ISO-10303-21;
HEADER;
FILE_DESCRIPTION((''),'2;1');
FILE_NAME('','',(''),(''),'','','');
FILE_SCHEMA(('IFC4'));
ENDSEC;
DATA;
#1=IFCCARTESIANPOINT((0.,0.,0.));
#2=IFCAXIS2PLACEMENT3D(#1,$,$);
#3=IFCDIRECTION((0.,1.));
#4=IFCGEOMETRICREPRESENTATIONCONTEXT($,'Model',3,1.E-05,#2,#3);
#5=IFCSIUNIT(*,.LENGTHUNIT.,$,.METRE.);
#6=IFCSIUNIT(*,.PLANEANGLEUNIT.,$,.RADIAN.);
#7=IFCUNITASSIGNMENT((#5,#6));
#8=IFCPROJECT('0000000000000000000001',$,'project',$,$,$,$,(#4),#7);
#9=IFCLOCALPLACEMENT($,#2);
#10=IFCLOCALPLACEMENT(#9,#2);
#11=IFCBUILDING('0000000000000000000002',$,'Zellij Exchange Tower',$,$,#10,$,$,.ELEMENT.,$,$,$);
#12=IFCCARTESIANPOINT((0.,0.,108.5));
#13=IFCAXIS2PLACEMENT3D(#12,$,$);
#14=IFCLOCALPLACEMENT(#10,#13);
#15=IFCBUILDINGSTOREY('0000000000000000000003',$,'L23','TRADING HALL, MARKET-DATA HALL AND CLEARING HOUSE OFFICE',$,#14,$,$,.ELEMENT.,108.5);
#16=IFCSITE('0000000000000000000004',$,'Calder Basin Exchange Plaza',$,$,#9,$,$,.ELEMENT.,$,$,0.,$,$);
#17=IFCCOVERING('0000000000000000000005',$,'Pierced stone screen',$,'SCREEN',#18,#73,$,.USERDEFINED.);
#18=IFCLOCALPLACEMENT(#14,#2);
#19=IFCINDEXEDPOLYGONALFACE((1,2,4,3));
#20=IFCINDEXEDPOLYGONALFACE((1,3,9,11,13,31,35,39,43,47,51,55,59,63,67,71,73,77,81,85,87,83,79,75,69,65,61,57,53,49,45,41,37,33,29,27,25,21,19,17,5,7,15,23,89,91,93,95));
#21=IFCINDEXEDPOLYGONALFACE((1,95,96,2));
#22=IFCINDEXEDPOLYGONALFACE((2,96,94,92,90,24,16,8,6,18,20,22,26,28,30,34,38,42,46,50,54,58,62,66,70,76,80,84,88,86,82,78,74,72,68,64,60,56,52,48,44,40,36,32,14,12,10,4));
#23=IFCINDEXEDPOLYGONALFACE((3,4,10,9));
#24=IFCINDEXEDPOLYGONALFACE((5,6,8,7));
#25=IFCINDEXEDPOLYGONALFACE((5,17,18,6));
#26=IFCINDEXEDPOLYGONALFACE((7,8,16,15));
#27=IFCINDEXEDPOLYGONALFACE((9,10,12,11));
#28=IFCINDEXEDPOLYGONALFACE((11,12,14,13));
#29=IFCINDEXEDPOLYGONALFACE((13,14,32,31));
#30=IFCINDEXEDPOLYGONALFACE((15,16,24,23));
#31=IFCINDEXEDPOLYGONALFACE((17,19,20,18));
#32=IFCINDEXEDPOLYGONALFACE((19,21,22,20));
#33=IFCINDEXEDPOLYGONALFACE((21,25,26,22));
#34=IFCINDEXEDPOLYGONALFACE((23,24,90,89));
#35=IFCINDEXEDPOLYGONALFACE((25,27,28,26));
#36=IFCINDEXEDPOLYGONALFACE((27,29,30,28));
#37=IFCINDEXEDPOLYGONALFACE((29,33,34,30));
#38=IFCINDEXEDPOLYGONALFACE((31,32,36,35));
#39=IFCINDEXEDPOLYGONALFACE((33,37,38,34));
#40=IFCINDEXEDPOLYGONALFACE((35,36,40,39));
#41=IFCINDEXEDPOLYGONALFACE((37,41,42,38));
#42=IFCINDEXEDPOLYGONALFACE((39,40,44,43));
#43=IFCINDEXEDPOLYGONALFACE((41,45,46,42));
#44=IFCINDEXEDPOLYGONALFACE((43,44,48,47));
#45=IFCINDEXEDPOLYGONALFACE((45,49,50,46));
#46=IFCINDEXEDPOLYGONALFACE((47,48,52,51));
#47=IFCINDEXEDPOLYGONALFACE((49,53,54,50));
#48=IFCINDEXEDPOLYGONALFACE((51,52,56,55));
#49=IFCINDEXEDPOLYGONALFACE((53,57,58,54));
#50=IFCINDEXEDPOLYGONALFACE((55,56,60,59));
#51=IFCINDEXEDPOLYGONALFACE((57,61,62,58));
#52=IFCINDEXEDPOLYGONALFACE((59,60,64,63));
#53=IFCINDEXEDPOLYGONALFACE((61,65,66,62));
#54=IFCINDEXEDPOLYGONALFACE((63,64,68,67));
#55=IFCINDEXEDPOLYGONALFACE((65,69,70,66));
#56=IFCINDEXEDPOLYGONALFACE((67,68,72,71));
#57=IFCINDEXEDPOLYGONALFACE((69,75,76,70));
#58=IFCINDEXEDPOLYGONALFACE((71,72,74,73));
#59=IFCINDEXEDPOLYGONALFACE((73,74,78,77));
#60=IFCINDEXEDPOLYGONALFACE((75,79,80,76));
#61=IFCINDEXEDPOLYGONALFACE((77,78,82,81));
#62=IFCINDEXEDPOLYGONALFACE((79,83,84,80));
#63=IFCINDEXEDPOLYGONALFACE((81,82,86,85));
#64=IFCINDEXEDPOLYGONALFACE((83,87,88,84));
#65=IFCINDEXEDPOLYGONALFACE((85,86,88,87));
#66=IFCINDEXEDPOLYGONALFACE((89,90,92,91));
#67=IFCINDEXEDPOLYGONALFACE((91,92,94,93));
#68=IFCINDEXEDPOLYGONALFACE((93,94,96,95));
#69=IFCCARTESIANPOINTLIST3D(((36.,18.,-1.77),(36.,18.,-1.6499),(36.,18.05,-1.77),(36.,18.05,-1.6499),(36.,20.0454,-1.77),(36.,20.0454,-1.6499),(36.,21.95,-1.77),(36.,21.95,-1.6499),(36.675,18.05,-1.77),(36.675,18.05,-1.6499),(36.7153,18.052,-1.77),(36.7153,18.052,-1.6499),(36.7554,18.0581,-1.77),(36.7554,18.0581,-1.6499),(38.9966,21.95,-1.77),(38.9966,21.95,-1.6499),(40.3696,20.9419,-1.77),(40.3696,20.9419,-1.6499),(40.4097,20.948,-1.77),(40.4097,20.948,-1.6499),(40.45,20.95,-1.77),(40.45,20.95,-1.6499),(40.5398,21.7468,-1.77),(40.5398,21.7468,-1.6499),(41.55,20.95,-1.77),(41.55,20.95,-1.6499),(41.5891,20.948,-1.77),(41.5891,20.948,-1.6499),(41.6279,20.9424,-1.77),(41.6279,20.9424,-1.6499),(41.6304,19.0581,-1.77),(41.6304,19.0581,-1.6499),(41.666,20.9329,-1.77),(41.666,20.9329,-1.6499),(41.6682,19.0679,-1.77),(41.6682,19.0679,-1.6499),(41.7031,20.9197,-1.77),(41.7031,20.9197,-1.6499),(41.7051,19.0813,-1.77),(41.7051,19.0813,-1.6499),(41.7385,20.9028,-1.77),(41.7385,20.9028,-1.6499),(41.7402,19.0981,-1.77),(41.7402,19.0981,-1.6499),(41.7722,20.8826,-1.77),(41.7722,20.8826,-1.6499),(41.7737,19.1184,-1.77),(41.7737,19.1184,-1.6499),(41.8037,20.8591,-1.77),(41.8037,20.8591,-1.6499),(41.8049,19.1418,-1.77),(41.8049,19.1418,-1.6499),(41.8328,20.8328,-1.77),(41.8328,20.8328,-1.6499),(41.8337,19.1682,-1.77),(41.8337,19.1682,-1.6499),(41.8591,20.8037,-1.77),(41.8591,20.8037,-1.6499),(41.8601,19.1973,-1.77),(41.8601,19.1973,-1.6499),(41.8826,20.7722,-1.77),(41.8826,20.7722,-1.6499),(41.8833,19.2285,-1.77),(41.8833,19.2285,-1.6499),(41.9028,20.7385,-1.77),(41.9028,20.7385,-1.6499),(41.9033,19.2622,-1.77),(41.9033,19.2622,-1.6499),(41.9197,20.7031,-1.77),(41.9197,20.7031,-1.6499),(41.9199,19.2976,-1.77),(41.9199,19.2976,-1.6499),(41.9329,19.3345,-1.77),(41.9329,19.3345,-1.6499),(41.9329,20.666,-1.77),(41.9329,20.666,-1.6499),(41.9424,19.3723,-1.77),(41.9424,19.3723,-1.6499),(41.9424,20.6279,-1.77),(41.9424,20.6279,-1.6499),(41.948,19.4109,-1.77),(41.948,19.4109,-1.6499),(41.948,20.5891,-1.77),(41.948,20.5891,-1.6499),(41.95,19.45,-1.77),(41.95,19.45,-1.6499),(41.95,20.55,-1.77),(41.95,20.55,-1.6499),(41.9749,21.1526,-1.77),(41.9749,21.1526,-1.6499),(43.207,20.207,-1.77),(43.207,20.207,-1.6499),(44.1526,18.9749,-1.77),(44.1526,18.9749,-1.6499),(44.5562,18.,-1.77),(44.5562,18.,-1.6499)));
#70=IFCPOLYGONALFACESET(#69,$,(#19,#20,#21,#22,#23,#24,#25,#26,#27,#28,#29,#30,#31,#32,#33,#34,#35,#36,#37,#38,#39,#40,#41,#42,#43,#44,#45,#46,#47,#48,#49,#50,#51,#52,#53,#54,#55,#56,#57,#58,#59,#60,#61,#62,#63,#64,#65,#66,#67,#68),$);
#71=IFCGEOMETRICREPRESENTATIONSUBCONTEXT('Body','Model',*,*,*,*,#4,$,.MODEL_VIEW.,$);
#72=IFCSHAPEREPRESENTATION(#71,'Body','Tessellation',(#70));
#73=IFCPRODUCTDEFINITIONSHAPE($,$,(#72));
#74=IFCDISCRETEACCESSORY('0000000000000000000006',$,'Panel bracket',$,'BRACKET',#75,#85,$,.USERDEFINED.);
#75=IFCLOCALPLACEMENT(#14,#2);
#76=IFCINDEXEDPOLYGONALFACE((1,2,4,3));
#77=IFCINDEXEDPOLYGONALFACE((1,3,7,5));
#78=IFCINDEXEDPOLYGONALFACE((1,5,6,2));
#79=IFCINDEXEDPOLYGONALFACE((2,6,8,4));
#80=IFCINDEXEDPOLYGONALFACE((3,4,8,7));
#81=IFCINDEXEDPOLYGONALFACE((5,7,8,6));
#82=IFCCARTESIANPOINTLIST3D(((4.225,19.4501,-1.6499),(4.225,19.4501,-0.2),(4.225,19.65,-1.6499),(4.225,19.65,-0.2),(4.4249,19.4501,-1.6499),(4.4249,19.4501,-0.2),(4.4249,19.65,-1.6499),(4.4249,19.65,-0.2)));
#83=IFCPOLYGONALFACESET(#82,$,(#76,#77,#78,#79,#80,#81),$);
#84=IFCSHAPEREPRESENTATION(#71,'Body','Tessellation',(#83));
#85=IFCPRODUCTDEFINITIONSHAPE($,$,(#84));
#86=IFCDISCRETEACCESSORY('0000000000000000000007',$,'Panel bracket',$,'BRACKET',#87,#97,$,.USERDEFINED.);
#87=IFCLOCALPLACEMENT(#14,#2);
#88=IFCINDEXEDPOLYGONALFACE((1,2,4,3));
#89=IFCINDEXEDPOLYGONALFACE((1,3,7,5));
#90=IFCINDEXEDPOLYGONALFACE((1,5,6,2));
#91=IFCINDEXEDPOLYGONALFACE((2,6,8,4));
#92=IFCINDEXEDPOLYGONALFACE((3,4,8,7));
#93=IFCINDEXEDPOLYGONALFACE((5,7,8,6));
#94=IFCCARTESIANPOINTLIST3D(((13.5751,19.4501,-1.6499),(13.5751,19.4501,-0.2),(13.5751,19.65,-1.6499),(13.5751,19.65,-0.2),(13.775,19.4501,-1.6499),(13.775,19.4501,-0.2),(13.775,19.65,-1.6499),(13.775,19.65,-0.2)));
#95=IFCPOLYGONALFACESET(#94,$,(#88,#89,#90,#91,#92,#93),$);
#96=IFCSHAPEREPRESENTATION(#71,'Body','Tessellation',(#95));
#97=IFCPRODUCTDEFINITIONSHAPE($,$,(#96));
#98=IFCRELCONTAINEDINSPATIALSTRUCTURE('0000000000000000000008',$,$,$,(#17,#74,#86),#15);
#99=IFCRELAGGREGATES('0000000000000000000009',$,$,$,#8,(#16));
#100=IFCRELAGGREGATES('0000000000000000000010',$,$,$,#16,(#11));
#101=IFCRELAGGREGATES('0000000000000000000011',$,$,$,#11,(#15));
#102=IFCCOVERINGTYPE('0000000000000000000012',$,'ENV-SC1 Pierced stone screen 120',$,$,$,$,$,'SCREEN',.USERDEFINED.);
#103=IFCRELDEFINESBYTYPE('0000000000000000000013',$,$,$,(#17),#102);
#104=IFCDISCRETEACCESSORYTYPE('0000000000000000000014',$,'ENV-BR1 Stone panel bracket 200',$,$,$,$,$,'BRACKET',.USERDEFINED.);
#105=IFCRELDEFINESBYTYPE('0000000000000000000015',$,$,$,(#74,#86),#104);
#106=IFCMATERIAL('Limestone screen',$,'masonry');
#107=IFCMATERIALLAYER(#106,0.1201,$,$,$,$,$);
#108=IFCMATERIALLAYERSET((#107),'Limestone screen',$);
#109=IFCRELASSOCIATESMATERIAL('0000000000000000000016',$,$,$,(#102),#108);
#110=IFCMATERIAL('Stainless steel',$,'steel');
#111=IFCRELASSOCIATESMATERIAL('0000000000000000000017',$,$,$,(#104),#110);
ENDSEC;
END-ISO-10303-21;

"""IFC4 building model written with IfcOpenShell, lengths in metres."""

from ifc_helpers import new_model, si_unit, direction, frame, origin, origin_2d, place, context, subcontext, project, spatial, polyline, rectangle, outline, extrude, material, layer, layer_set, type_object, element, save


model = new_model("IFC4")

# Units and contexts
model_context = context("Model", 3, precision=1e-05, world=origin(), true_north=direction((0.0, 1.0)))
body_context = subcontext(model_context, "Body", "Model", "MODEL_VIEW")
ifc_project = project(units=[si_unit("LENGTHUNIT", "METRE"), si_unit("PLANEANGLEUNIT", "RADIAN")], contexts=[model_context])

# Site, building, storey
site_placement = place(None, origin())
site = spatial("IfcSite", under=ifc_project, at=site_placement, Name="Calder Basin Exchange Plaza", CompositionType="ELEMENT", RefElevation=0.0)
building_placement = place(site_placement, origin())
building = spatial("IfcBuilding", under=site, at=building_placement, Name="Zellij Exchange Tower", CompositionType="ELEMENT")
storey_placement = place(building_placement, frame((0.0, 0.0, 108.5)))
storey = spatial("IfcBuildingStorey", under=building, at=storey_placement, Name="L23", Description="TRADING HALL, MARKET-DATA HALL AND CLEARING HOUSE OFFICE", CompositionType="ELEMENT", Elevation=108.5)

# Covering
ifc_material_1 = material(Name="Limestone screen", Category="masonry")
ifc_layer_1 = layer(ifc_material_1, 0.1201)
ifc_layer_set_1 = layer_set([ifc_layer_1], Name="Limestone screen")
covering_type = type_object("IfcCoveringType", Name="ENV-SC1 Pierced stone screen 120", ElementType="SCREEN", PredefinedType="USERDEFINED", material=ifc_layer_set_1)
covering_1_placement = place(storey_placement, frame((0.0, 0.0, -1.77)))
element("IfcCovering", 1, at=covering_1_placement, inside=storey, type_object=covering_type, Name="Pierced stone screen", ObjectType="SCREEN", PredefinedType="USERDEFINED", context=body_context, shape_type="SweptSolid", body=[
    extrude(outline(polyline([(38.9966, 21.95), (40.5398, 21.7468), (41.9749, 21.1526), (43.207, 20.207), (44.1526, 18.9749), (44.5562, 18.0), (36.0, 18.0), (36.0, 18.05), (36.675, 18.05), (36.7153, 18.052), (36.7554, 18.0581), (41.6304, 19.0581), (41.6682, 19.0679), (41.7051, 19.0813), (41.7402, 19.0981), (41.7737, 19.1184), (41.8049, 19.1418), (41.8337, 19.1682), (41.8601, 19.1973), (41.8833, 19.2285), (41.9033, 19.2622), (41.9199, 19.2976), (41.9329, 19.3345), (41.9424, 19.3723), (41.948, 19.4109), (41.95, 19.45), (41.95, 20.55), (41.948, 20.5891), (41.9424, 20.6279), (41.9329, 20.666), (41.9197, 20.7031), (41.9028, 20.7385), (41.8826, 20.7722), (41.8591, 20.8037), (41.8328, 20.8328), (41.8037, 20.8591), (41.7722, 20.8826), (41.7385, 20.9028), (41.7031, 20.9197), (41.666, 20.9329), (41.6279, 20.9424), (41.5891, 20.948), (41.55, 20.95), (40.45, 20.95), (40.4097, 20.948), (40.3696, 20.9419), (36.0, 20.0454), (36.0, 21.95), (38.9966, 21.95)])), origin(), (0.0, 0.0, 1.0), 0.1201),
])

# Discrete accessories
ifc_material_2 = material(Name="Stainless steel", Category="steel")
discrete_accessory_type = type_object("IfcDiscreteAccessoryType", Name="ENV-BR1 Stone panel bracket 200", ElementType="BRACKET", PredefinedType="USERDEFINED", material=ifc_material_2)
for number, where, z_axis, x_axis, name in (
    (2, (4.325, 19.55, -1.6499), (0.0, 0.0, 1.0), (1.0, 0.0, 0.0), "Panel bracket"),
    (3, (13.675, 19.55, -1.6499), (0.0, 0.0, 1.0), (1.0, 0.0, 0.0), "Panel bracket"),
):
    element("IfcDiscreteAccessory", number, at=place(storey_placement, frame(where, z_axis=z_axis, x_axis=x_axis)), inside=storey, type_object=discrete_accessory_type, Name=name, ObjectType="BRACKET", PredefinedType="USERDEFINED", context=body_context, shape_type="SweptSolid", body=[
        extrude(rectangle(XDim=0.2, YDim=0.2, at=origin_2d()), origin(), (0.0, 0.0, 1.0), 1.45),
    ])

save(model, "model.ifc")
